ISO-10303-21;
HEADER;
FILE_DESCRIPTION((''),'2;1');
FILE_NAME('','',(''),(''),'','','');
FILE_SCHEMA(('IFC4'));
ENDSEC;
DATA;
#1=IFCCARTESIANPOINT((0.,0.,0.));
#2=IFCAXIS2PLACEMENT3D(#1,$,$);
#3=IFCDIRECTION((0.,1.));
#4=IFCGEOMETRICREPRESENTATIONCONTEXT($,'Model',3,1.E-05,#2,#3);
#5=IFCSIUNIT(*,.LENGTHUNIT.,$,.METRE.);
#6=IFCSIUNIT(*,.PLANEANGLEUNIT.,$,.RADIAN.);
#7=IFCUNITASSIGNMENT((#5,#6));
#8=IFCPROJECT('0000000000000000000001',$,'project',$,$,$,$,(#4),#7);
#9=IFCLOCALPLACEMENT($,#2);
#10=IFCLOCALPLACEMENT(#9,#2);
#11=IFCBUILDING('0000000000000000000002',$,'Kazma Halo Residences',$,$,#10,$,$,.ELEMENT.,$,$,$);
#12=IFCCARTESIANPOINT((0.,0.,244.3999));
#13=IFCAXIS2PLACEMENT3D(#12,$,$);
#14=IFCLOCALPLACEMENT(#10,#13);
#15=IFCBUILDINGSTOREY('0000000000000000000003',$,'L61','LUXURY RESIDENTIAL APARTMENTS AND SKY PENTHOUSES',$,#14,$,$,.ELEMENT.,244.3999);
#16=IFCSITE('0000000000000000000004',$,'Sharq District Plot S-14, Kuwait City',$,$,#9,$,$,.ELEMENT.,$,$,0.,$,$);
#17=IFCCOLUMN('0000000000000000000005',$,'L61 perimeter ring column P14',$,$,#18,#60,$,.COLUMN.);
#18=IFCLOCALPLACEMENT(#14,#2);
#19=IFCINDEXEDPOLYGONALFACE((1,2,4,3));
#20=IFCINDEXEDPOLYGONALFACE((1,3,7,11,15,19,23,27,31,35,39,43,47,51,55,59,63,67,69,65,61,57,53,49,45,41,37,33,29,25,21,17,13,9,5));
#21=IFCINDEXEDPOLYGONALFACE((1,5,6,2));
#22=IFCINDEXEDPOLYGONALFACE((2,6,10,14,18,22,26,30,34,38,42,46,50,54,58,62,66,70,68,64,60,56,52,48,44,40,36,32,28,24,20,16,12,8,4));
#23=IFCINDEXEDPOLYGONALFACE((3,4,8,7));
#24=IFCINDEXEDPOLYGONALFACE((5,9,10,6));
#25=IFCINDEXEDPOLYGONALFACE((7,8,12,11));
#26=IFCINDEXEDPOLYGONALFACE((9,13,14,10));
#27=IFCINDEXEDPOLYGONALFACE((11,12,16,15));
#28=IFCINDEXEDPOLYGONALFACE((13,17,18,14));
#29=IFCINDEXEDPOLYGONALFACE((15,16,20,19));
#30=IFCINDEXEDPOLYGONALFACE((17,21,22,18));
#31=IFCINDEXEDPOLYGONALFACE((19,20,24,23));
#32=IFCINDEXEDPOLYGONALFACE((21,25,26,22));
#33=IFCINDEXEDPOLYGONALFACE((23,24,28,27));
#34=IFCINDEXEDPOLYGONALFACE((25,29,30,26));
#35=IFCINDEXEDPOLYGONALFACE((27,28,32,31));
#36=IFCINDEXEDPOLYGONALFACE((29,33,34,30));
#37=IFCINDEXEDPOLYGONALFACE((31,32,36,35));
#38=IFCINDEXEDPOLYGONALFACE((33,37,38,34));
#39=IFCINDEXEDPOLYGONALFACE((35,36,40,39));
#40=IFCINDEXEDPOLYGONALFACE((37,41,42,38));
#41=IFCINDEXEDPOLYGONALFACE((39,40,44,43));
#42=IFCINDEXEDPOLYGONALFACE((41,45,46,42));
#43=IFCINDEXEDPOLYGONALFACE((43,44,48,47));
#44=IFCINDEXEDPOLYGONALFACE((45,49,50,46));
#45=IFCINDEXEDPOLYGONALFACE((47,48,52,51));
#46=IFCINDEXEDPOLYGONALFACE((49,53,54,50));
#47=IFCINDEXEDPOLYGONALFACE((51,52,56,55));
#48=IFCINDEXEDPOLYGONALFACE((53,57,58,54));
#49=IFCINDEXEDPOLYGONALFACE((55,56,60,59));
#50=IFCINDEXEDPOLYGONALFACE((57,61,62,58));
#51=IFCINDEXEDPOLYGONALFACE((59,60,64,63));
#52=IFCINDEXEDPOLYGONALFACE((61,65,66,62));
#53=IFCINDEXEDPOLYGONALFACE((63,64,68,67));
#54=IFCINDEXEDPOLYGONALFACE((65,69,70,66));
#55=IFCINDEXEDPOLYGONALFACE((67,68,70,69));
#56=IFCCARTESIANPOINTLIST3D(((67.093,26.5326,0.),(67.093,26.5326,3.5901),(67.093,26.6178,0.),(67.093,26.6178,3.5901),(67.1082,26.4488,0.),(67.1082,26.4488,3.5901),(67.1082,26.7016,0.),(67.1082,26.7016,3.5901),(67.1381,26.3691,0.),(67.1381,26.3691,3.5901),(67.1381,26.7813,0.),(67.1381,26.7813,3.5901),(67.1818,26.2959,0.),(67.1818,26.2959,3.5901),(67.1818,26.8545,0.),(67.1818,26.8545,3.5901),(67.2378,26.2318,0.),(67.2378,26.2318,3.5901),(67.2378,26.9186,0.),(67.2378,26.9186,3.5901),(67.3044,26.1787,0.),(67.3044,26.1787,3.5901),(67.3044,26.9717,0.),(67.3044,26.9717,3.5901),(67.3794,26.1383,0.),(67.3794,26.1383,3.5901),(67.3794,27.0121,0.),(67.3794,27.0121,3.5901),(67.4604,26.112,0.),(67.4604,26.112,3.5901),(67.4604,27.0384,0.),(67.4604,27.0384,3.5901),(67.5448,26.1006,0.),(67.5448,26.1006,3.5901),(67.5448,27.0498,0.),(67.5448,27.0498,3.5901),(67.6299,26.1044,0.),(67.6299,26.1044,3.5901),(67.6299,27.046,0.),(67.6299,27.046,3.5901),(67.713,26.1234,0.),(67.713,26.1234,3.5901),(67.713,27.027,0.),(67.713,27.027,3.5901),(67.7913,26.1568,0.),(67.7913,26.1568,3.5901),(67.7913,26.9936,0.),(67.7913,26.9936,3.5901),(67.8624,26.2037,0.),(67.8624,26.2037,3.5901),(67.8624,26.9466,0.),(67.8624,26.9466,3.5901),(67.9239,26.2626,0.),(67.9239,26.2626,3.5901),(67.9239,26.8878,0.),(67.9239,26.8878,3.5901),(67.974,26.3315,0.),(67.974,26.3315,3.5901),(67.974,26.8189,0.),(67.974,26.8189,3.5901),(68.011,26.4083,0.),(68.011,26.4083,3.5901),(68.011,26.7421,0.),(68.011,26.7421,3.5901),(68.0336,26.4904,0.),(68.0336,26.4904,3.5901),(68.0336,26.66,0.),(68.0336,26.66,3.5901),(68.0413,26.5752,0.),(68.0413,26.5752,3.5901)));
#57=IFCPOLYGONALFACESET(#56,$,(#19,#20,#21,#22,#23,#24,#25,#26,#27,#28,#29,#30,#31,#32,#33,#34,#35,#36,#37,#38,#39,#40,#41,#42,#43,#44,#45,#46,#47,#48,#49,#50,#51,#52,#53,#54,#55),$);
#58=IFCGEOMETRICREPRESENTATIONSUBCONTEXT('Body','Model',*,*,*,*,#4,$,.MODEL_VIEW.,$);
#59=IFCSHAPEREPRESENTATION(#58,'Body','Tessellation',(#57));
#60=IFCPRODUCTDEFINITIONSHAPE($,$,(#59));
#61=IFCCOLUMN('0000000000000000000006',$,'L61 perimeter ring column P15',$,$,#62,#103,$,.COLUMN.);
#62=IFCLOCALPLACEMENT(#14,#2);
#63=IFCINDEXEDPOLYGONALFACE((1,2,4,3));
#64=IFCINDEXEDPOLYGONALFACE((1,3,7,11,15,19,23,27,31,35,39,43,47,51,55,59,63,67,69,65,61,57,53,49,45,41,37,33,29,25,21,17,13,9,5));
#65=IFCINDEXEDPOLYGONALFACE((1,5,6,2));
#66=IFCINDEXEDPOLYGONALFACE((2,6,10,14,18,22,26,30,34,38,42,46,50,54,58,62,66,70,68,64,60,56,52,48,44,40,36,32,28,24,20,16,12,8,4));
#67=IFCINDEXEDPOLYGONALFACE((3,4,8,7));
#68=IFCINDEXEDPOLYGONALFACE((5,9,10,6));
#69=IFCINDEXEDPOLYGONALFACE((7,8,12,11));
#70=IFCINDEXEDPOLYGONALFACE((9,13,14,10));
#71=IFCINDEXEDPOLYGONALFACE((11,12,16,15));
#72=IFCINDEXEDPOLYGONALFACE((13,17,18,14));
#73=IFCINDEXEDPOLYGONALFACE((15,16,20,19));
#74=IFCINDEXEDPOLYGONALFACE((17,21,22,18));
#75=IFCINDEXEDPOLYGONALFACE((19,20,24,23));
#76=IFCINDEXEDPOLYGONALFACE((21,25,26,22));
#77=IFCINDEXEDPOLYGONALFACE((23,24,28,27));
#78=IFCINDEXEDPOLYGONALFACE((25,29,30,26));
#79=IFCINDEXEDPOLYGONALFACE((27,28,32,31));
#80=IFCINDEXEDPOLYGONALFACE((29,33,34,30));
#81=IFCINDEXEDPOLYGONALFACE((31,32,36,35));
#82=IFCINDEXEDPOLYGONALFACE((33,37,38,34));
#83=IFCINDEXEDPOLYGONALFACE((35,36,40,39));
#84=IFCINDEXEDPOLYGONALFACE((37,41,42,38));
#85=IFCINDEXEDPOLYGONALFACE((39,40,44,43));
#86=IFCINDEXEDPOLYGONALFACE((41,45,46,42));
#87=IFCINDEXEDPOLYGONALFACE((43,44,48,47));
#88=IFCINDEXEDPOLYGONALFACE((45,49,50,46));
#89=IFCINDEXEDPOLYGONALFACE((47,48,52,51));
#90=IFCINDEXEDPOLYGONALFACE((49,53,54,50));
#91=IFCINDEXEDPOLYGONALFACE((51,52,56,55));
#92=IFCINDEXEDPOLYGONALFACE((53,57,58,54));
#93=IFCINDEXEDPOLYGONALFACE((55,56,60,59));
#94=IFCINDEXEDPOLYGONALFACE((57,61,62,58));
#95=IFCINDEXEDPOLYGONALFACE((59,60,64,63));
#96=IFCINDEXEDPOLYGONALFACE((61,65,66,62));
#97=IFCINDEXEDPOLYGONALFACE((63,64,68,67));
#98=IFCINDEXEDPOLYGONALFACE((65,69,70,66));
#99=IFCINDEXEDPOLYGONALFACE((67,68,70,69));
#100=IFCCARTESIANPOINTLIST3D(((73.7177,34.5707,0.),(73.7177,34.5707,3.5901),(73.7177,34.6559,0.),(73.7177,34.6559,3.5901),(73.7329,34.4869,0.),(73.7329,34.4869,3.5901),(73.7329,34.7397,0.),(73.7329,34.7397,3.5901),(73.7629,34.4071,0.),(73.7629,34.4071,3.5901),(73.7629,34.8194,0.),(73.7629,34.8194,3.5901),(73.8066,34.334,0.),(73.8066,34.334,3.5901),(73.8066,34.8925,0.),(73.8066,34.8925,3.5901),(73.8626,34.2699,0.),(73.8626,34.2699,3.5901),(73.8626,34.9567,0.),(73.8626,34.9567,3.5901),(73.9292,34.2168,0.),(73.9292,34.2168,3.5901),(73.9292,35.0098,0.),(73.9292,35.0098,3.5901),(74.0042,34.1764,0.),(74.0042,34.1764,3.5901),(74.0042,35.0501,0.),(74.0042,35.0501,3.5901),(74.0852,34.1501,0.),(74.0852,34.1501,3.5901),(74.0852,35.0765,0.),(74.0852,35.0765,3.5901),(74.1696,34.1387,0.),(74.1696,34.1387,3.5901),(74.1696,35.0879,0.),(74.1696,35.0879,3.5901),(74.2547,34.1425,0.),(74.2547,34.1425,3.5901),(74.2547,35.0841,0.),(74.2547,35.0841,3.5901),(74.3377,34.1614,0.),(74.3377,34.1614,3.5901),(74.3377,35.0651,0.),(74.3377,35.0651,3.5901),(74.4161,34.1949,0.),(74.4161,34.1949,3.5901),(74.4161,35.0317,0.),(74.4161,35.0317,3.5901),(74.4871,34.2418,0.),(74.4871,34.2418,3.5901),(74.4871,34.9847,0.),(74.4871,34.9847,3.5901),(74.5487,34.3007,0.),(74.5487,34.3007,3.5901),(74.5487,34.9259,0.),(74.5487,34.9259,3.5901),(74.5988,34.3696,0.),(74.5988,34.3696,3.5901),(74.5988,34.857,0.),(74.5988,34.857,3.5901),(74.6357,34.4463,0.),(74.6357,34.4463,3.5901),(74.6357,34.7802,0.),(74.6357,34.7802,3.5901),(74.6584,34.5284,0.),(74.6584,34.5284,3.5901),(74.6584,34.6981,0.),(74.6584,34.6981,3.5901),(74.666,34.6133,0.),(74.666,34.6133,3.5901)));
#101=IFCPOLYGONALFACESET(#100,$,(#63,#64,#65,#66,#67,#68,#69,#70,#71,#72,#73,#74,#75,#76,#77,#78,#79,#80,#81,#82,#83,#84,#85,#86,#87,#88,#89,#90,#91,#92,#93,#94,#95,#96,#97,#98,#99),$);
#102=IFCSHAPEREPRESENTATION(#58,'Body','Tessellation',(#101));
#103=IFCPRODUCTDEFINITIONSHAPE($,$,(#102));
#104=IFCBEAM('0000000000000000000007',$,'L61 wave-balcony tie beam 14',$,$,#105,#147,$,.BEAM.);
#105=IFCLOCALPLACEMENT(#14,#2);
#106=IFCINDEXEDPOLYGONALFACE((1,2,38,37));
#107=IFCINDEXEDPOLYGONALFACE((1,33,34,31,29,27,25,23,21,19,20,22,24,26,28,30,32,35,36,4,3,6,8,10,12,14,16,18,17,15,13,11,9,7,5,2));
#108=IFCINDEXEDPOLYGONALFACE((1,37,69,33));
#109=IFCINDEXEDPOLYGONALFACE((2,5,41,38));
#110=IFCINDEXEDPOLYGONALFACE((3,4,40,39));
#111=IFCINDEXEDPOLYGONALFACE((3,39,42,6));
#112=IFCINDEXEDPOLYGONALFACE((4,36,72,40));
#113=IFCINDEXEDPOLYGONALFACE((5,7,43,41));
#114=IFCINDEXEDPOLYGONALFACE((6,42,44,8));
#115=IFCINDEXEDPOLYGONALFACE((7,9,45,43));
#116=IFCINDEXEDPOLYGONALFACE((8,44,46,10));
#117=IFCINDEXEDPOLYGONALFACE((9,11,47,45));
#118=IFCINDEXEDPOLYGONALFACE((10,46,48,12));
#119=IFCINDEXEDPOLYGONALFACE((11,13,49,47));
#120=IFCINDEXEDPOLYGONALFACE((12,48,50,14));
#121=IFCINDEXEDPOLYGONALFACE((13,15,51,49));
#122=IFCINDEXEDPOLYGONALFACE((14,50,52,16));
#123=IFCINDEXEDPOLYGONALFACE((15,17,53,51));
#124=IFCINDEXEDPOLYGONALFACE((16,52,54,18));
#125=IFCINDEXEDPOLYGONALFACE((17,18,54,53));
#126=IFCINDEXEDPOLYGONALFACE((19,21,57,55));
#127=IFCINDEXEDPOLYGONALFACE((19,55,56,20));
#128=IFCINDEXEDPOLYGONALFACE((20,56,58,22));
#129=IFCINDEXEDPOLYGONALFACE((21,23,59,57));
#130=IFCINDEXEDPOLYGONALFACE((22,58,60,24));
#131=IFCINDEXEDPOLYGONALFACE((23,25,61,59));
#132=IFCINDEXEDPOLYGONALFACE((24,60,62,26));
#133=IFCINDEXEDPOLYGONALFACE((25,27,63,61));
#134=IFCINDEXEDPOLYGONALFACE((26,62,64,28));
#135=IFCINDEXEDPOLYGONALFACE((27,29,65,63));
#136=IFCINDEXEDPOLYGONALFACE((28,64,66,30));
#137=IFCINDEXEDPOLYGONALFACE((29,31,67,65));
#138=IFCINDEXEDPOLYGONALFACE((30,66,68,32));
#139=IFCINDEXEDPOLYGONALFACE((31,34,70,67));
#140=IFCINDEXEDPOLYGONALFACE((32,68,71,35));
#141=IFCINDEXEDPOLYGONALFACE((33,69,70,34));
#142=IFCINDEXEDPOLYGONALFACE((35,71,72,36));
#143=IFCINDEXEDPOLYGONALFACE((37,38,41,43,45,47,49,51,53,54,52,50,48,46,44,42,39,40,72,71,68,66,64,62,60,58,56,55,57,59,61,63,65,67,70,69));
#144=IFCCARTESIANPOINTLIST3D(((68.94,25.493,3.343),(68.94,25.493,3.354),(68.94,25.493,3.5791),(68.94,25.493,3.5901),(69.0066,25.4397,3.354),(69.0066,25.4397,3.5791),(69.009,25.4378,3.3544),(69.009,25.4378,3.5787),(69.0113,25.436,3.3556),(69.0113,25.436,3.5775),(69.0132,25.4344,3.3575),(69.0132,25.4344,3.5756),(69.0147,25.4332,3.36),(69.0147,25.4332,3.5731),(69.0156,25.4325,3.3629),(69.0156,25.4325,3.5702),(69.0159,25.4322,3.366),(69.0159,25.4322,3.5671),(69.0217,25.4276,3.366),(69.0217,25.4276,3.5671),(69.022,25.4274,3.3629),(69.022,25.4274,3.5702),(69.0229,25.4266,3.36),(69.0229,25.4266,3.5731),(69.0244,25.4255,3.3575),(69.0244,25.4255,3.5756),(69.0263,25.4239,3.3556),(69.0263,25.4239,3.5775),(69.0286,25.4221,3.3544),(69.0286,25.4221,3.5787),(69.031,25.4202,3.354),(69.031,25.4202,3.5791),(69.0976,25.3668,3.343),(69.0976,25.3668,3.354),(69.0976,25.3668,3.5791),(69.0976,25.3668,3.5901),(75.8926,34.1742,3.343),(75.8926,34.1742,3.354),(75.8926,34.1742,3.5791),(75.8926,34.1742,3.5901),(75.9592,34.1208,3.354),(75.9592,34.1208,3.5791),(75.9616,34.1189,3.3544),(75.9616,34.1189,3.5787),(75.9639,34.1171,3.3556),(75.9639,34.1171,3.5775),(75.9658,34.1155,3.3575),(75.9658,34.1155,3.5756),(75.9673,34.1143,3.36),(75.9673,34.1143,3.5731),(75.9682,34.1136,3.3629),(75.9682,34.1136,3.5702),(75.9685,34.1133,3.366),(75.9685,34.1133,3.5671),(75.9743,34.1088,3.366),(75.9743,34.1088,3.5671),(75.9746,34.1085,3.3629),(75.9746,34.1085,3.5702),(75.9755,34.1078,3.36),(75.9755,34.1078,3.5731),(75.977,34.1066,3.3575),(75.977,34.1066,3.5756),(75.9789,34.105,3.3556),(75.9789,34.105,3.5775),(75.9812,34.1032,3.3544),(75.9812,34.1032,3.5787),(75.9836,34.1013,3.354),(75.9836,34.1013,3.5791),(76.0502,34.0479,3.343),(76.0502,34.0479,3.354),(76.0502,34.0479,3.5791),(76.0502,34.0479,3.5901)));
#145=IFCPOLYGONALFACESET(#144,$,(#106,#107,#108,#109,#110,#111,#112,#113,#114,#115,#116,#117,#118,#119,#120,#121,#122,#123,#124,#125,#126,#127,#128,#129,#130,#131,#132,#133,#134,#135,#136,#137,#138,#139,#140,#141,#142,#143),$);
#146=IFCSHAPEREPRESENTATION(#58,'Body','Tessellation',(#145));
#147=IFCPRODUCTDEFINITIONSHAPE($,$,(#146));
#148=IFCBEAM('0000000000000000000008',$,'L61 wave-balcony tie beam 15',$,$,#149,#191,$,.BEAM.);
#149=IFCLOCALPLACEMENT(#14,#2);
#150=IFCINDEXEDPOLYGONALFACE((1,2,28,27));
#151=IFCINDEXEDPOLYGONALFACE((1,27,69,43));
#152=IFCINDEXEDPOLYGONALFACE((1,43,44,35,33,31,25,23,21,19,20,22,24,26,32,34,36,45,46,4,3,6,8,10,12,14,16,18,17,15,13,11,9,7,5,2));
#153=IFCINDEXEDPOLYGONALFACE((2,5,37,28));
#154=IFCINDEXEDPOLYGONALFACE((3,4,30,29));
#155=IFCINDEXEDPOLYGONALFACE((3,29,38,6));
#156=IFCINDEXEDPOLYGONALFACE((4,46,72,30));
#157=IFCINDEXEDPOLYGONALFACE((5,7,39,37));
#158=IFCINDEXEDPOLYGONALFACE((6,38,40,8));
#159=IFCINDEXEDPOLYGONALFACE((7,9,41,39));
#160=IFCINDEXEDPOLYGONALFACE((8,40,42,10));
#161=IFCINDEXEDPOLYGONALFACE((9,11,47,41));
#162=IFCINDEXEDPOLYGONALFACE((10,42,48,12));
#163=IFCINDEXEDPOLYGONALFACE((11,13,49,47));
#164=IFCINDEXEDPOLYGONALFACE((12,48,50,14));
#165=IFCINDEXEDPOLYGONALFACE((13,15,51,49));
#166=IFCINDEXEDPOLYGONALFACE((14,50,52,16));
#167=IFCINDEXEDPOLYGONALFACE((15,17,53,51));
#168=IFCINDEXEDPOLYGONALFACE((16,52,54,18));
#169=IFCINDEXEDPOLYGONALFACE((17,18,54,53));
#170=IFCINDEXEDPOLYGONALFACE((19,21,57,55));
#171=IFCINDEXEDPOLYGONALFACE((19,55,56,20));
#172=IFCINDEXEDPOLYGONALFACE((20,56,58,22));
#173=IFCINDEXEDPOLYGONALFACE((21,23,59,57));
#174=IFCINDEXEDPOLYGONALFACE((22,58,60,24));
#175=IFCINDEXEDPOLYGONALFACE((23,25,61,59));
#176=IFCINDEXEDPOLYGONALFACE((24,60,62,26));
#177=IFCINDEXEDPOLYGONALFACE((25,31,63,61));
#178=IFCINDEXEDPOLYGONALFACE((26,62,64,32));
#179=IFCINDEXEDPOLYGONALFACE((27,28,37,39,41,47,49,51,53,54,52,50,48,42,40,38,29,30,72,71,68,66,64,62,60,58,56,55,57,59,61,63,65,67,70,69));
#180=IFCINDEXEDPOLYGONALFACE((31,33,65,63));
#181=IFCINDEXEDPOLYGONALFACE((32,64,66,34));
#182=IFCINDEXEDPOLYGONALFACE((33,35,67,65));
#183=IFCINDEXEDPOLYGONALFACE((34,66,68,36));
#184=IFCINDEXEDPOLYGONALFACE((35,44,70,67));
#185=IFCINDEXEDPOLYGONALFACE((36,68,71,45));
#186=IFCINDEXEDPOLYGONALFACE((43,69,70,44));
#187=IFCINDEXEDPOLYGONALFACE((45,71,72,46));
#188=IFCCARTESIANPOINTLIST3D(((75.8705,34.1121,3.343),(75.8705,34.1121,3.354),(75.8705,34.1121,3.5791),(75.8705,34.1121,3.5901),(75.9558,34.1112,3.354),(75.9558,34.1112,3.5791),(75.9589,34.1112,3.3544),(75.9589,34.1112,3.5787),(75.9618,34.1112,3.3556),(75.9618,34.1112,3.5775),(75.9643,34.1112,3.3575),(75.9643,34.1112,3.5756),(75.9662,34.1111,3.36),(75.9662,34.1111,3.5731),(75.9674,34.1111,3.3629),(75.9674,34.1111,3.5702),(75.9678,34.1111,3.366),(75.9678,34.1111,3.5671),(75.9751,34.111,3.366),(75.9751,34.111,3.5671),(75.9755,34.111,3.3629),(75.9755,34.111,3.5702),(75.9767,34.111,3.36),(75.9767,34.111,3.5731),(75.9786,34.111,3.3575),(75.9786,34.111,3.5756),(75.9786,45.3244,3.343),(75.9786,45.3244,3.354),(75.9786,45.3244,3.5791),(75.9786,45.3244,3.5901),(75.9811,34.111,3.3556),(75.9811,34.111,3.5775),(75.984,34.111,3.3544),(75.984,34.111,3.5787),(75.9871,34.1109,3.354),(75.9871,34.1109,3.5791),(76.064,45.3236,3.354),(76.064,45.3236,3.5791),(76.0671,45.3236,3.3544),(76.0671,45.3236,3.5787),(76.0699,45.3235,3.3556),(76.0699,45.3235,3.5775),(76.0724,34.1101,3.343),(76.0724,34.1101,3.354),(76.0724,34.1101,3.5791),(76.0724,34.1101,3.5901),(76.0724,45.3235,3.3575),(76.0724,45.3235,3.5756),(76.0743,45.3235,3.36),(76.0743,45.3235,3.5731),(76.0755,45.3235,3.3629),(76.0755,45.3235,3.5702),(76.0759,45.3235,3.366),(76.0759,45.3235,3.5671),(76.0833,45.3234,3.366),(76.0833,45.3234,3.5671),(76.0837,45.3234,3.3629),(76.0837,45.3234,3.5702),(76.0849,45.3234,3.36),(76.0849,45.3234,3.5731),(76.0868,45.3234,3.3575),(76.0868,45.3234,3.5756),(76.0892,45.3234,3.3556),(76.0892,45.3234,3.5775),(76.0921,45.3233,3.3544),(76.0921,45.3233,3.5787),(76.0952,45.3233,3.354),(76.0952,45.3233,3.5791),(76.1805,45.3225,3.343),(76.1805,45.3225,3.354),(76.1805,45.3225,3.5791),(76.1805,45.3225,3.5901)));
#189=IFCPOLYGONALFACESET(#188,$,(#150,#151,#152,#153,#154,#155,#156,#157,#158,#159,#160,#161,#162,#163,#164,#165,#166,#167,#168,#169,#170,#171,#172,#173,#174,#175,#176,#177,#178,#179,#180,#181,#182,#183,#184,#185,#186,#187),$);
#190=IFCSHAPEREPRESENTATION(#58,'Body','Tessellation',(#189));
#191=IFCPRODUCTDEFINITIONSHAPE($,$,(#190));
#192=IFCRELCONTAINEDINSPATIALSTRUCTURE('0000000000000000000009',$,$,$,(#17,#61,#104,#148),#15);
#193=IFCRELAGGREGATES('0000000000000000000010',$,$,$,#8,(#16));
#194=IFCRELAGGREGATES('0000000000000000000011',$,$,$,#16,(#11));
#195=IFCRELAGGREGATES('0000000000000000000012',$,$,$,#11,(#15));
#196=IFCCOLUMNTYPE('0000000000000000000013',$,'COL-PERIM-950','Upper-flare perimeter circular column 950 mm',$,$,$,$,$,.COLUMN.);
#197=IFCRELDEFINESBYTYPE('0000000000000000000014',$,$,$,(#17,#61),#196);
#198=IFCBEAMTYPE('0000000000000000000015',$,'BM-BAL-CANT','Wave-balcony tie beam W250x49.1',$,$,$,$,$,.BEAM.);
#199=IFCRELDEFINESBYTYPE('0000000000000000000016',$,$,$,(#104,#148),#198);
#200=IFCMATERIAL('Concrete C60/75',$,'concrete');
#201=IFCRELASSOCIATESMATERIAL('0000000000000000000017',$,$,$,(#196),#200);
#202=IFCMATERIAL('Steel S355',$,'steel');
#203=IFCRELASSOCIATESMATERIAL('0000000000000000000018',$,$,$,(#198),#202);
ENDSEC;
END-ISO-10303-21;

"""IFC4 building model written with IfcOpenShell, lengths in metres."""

from ifc_helpers import new_model, si_unit, direction, frame, origin, origin_2d, place, context, subcontext, project, spatial, circle, i_section, extrude, material, material_profile, profile_set, type_object, element, save


model = new_model("IFC4")

# Units and contexts
model_context = context("Model", 3, precision=1e-05, world=origin(), true_north=direction((0.0, 1.0)))
body_context = subcontext(model_context, "Body", "Model", "MODEL_VIEW")
ifc_project = project(units=[si_unit("LENGTHUNIT", "METRE"), si_unit("PLANEANGLEUNIT", "RADIAN")], contexts=[model_context])

# Site, building, storey
site_placement = place(None, origin())
site = spatial("IfcSite", under=ifc_project, at=site_placement, Name="Sharq District Plot S-14, Kuwait City", CompositionType="ELEMENT", RefElevation=0.0)
building_placement = place(site_placement, origin())
building = spatial("IfcBuilding", under=site, at=building_placement, Name="Kazma Halo Residences", CompositionType="ELEMENT")
storey_placement = place(building_placement, frame((0.0, 0.0, 244.3999)))
storey = spatial("IfcBuildingStorey", under=building, at=storey_placement, Name="L61", Description="LUXURY RESIDENTIAL APARTMENTS AND SKY PENTHOUSES", CompositionType="ELEMENT", Elevation=244.3999)

# Columns
ifc_material_1 = material(Name="Concrete C60/75", Category="concrete")
ifc_material_profile_1 = material_profile(ifc_material_1, circle(Radius=0.4751, at=origin_2d()), Name="CIRC950")
ifc_profile_set_1 = profile_set([ifc_material_profile_1], Name="Concrete C60/75")
column_type = type_object("IfcColumnType", Name="COL-PERIM-950", Description="Upper-flare perimeter circular column 950 mm", PredefinedType="COLUMN", material=ifc_profile_set_1)
for number, where, z_axis, x_axis, name in (
    (1, (67.5662, 26.5752, 0.0), (0.0, 0.0, 1.0), (1.0, 0.0, 0.0), "L61 perimeter ring column P14"),
    (2, (74.1909, 34.6133, 0.0), (0.0, 0.0, 1.0), (1.0, 0.0, 0.0), "L61 perimeter ring column P15"),
):
    element("IfcColumn", number, at=place(storey_placement, frame(where, z_axis=z_axis, x_axis=x_axis)), inside=storey, type_object=column_type, Name=name, PredefinedType="COLUMN", context=body_context, shape_type="SweptSolid", body=[
        extrude(circle(Radius=0.4751, at=origin_2d()), origin(), (0.0, 0.0, 1.0), 3.5901),
    ])

# Beams
ifc_material_2 = material(Name="Steel S355", Category="steel")
ifc_material_profile_2 = material_profile(ifc_material_2, i_section(OverallWidth=0.2019, OverallDepth=0.2471, WebThickness=0.0073, FlangeThickness=0.011, FilletRadius=0.012, at=origin_2d()), Name="W250x49.1")
ifc_profile_set_2 = profile_set([ifc_material_profile_2], Name="Steel S355")
beam_type_1 = type_object("IfcBeamType", Name="BM-BAL-CANT", Description="Wave-balcony tie beam W250x49.1", PredefinedType="BEAM", material=ifc_profile_set_2)
beam_1_placement = place(storey_placement, frame((69.0188, 25.4299, 3.4666), z_axis=(0.625118, 0.78053, 0.0), x_axis=(-0.78053, 0.625118, 0.0)))
element("IfcBeam", 3, at=beam_1_placement, inside=storey, type_object=beam_type_1, Name="L61 wave-balcony tie beam 14", PredefinedType="BEAM", context=body_context, shape_type="SweptSolid", body=[
    extrude(i_section(OverallWidth=0.2019, OverallDepth=0.2471, WebThickness=0.0073, FlangeThickness=0.011, FilletRadius=0.012, at=origin_2d()), origin(), (0.0, 0.0, 1.0), 11.1221),
])
beam_2_placement = place(storey_placement, frame((75.9714, 34.1111, 3.4666), z_axis=(0.009646, 0.999953, 0.0), x_axis=(-0.999953, 0.009646, 0.0)))
element("IfcBeam", 4, at=beam_2_placement, inside=storey, type_object=beam_type_1, Name="L61 wave-balcony tie beam 15", PredefinedType="BEAM", context=body_context, shape_type="SweptSolid", body=[
    extrude(i_section(OverallWidth=0.2019, OverallDepth=0.2471, WebThickness=0.0073, FlangeThickness=0.011, FilletRadius=0.012, at=origin_2d()), origin(), (0.0, 0.0, 1.0), 11.2129),
])

save(model, "model.ifc")
